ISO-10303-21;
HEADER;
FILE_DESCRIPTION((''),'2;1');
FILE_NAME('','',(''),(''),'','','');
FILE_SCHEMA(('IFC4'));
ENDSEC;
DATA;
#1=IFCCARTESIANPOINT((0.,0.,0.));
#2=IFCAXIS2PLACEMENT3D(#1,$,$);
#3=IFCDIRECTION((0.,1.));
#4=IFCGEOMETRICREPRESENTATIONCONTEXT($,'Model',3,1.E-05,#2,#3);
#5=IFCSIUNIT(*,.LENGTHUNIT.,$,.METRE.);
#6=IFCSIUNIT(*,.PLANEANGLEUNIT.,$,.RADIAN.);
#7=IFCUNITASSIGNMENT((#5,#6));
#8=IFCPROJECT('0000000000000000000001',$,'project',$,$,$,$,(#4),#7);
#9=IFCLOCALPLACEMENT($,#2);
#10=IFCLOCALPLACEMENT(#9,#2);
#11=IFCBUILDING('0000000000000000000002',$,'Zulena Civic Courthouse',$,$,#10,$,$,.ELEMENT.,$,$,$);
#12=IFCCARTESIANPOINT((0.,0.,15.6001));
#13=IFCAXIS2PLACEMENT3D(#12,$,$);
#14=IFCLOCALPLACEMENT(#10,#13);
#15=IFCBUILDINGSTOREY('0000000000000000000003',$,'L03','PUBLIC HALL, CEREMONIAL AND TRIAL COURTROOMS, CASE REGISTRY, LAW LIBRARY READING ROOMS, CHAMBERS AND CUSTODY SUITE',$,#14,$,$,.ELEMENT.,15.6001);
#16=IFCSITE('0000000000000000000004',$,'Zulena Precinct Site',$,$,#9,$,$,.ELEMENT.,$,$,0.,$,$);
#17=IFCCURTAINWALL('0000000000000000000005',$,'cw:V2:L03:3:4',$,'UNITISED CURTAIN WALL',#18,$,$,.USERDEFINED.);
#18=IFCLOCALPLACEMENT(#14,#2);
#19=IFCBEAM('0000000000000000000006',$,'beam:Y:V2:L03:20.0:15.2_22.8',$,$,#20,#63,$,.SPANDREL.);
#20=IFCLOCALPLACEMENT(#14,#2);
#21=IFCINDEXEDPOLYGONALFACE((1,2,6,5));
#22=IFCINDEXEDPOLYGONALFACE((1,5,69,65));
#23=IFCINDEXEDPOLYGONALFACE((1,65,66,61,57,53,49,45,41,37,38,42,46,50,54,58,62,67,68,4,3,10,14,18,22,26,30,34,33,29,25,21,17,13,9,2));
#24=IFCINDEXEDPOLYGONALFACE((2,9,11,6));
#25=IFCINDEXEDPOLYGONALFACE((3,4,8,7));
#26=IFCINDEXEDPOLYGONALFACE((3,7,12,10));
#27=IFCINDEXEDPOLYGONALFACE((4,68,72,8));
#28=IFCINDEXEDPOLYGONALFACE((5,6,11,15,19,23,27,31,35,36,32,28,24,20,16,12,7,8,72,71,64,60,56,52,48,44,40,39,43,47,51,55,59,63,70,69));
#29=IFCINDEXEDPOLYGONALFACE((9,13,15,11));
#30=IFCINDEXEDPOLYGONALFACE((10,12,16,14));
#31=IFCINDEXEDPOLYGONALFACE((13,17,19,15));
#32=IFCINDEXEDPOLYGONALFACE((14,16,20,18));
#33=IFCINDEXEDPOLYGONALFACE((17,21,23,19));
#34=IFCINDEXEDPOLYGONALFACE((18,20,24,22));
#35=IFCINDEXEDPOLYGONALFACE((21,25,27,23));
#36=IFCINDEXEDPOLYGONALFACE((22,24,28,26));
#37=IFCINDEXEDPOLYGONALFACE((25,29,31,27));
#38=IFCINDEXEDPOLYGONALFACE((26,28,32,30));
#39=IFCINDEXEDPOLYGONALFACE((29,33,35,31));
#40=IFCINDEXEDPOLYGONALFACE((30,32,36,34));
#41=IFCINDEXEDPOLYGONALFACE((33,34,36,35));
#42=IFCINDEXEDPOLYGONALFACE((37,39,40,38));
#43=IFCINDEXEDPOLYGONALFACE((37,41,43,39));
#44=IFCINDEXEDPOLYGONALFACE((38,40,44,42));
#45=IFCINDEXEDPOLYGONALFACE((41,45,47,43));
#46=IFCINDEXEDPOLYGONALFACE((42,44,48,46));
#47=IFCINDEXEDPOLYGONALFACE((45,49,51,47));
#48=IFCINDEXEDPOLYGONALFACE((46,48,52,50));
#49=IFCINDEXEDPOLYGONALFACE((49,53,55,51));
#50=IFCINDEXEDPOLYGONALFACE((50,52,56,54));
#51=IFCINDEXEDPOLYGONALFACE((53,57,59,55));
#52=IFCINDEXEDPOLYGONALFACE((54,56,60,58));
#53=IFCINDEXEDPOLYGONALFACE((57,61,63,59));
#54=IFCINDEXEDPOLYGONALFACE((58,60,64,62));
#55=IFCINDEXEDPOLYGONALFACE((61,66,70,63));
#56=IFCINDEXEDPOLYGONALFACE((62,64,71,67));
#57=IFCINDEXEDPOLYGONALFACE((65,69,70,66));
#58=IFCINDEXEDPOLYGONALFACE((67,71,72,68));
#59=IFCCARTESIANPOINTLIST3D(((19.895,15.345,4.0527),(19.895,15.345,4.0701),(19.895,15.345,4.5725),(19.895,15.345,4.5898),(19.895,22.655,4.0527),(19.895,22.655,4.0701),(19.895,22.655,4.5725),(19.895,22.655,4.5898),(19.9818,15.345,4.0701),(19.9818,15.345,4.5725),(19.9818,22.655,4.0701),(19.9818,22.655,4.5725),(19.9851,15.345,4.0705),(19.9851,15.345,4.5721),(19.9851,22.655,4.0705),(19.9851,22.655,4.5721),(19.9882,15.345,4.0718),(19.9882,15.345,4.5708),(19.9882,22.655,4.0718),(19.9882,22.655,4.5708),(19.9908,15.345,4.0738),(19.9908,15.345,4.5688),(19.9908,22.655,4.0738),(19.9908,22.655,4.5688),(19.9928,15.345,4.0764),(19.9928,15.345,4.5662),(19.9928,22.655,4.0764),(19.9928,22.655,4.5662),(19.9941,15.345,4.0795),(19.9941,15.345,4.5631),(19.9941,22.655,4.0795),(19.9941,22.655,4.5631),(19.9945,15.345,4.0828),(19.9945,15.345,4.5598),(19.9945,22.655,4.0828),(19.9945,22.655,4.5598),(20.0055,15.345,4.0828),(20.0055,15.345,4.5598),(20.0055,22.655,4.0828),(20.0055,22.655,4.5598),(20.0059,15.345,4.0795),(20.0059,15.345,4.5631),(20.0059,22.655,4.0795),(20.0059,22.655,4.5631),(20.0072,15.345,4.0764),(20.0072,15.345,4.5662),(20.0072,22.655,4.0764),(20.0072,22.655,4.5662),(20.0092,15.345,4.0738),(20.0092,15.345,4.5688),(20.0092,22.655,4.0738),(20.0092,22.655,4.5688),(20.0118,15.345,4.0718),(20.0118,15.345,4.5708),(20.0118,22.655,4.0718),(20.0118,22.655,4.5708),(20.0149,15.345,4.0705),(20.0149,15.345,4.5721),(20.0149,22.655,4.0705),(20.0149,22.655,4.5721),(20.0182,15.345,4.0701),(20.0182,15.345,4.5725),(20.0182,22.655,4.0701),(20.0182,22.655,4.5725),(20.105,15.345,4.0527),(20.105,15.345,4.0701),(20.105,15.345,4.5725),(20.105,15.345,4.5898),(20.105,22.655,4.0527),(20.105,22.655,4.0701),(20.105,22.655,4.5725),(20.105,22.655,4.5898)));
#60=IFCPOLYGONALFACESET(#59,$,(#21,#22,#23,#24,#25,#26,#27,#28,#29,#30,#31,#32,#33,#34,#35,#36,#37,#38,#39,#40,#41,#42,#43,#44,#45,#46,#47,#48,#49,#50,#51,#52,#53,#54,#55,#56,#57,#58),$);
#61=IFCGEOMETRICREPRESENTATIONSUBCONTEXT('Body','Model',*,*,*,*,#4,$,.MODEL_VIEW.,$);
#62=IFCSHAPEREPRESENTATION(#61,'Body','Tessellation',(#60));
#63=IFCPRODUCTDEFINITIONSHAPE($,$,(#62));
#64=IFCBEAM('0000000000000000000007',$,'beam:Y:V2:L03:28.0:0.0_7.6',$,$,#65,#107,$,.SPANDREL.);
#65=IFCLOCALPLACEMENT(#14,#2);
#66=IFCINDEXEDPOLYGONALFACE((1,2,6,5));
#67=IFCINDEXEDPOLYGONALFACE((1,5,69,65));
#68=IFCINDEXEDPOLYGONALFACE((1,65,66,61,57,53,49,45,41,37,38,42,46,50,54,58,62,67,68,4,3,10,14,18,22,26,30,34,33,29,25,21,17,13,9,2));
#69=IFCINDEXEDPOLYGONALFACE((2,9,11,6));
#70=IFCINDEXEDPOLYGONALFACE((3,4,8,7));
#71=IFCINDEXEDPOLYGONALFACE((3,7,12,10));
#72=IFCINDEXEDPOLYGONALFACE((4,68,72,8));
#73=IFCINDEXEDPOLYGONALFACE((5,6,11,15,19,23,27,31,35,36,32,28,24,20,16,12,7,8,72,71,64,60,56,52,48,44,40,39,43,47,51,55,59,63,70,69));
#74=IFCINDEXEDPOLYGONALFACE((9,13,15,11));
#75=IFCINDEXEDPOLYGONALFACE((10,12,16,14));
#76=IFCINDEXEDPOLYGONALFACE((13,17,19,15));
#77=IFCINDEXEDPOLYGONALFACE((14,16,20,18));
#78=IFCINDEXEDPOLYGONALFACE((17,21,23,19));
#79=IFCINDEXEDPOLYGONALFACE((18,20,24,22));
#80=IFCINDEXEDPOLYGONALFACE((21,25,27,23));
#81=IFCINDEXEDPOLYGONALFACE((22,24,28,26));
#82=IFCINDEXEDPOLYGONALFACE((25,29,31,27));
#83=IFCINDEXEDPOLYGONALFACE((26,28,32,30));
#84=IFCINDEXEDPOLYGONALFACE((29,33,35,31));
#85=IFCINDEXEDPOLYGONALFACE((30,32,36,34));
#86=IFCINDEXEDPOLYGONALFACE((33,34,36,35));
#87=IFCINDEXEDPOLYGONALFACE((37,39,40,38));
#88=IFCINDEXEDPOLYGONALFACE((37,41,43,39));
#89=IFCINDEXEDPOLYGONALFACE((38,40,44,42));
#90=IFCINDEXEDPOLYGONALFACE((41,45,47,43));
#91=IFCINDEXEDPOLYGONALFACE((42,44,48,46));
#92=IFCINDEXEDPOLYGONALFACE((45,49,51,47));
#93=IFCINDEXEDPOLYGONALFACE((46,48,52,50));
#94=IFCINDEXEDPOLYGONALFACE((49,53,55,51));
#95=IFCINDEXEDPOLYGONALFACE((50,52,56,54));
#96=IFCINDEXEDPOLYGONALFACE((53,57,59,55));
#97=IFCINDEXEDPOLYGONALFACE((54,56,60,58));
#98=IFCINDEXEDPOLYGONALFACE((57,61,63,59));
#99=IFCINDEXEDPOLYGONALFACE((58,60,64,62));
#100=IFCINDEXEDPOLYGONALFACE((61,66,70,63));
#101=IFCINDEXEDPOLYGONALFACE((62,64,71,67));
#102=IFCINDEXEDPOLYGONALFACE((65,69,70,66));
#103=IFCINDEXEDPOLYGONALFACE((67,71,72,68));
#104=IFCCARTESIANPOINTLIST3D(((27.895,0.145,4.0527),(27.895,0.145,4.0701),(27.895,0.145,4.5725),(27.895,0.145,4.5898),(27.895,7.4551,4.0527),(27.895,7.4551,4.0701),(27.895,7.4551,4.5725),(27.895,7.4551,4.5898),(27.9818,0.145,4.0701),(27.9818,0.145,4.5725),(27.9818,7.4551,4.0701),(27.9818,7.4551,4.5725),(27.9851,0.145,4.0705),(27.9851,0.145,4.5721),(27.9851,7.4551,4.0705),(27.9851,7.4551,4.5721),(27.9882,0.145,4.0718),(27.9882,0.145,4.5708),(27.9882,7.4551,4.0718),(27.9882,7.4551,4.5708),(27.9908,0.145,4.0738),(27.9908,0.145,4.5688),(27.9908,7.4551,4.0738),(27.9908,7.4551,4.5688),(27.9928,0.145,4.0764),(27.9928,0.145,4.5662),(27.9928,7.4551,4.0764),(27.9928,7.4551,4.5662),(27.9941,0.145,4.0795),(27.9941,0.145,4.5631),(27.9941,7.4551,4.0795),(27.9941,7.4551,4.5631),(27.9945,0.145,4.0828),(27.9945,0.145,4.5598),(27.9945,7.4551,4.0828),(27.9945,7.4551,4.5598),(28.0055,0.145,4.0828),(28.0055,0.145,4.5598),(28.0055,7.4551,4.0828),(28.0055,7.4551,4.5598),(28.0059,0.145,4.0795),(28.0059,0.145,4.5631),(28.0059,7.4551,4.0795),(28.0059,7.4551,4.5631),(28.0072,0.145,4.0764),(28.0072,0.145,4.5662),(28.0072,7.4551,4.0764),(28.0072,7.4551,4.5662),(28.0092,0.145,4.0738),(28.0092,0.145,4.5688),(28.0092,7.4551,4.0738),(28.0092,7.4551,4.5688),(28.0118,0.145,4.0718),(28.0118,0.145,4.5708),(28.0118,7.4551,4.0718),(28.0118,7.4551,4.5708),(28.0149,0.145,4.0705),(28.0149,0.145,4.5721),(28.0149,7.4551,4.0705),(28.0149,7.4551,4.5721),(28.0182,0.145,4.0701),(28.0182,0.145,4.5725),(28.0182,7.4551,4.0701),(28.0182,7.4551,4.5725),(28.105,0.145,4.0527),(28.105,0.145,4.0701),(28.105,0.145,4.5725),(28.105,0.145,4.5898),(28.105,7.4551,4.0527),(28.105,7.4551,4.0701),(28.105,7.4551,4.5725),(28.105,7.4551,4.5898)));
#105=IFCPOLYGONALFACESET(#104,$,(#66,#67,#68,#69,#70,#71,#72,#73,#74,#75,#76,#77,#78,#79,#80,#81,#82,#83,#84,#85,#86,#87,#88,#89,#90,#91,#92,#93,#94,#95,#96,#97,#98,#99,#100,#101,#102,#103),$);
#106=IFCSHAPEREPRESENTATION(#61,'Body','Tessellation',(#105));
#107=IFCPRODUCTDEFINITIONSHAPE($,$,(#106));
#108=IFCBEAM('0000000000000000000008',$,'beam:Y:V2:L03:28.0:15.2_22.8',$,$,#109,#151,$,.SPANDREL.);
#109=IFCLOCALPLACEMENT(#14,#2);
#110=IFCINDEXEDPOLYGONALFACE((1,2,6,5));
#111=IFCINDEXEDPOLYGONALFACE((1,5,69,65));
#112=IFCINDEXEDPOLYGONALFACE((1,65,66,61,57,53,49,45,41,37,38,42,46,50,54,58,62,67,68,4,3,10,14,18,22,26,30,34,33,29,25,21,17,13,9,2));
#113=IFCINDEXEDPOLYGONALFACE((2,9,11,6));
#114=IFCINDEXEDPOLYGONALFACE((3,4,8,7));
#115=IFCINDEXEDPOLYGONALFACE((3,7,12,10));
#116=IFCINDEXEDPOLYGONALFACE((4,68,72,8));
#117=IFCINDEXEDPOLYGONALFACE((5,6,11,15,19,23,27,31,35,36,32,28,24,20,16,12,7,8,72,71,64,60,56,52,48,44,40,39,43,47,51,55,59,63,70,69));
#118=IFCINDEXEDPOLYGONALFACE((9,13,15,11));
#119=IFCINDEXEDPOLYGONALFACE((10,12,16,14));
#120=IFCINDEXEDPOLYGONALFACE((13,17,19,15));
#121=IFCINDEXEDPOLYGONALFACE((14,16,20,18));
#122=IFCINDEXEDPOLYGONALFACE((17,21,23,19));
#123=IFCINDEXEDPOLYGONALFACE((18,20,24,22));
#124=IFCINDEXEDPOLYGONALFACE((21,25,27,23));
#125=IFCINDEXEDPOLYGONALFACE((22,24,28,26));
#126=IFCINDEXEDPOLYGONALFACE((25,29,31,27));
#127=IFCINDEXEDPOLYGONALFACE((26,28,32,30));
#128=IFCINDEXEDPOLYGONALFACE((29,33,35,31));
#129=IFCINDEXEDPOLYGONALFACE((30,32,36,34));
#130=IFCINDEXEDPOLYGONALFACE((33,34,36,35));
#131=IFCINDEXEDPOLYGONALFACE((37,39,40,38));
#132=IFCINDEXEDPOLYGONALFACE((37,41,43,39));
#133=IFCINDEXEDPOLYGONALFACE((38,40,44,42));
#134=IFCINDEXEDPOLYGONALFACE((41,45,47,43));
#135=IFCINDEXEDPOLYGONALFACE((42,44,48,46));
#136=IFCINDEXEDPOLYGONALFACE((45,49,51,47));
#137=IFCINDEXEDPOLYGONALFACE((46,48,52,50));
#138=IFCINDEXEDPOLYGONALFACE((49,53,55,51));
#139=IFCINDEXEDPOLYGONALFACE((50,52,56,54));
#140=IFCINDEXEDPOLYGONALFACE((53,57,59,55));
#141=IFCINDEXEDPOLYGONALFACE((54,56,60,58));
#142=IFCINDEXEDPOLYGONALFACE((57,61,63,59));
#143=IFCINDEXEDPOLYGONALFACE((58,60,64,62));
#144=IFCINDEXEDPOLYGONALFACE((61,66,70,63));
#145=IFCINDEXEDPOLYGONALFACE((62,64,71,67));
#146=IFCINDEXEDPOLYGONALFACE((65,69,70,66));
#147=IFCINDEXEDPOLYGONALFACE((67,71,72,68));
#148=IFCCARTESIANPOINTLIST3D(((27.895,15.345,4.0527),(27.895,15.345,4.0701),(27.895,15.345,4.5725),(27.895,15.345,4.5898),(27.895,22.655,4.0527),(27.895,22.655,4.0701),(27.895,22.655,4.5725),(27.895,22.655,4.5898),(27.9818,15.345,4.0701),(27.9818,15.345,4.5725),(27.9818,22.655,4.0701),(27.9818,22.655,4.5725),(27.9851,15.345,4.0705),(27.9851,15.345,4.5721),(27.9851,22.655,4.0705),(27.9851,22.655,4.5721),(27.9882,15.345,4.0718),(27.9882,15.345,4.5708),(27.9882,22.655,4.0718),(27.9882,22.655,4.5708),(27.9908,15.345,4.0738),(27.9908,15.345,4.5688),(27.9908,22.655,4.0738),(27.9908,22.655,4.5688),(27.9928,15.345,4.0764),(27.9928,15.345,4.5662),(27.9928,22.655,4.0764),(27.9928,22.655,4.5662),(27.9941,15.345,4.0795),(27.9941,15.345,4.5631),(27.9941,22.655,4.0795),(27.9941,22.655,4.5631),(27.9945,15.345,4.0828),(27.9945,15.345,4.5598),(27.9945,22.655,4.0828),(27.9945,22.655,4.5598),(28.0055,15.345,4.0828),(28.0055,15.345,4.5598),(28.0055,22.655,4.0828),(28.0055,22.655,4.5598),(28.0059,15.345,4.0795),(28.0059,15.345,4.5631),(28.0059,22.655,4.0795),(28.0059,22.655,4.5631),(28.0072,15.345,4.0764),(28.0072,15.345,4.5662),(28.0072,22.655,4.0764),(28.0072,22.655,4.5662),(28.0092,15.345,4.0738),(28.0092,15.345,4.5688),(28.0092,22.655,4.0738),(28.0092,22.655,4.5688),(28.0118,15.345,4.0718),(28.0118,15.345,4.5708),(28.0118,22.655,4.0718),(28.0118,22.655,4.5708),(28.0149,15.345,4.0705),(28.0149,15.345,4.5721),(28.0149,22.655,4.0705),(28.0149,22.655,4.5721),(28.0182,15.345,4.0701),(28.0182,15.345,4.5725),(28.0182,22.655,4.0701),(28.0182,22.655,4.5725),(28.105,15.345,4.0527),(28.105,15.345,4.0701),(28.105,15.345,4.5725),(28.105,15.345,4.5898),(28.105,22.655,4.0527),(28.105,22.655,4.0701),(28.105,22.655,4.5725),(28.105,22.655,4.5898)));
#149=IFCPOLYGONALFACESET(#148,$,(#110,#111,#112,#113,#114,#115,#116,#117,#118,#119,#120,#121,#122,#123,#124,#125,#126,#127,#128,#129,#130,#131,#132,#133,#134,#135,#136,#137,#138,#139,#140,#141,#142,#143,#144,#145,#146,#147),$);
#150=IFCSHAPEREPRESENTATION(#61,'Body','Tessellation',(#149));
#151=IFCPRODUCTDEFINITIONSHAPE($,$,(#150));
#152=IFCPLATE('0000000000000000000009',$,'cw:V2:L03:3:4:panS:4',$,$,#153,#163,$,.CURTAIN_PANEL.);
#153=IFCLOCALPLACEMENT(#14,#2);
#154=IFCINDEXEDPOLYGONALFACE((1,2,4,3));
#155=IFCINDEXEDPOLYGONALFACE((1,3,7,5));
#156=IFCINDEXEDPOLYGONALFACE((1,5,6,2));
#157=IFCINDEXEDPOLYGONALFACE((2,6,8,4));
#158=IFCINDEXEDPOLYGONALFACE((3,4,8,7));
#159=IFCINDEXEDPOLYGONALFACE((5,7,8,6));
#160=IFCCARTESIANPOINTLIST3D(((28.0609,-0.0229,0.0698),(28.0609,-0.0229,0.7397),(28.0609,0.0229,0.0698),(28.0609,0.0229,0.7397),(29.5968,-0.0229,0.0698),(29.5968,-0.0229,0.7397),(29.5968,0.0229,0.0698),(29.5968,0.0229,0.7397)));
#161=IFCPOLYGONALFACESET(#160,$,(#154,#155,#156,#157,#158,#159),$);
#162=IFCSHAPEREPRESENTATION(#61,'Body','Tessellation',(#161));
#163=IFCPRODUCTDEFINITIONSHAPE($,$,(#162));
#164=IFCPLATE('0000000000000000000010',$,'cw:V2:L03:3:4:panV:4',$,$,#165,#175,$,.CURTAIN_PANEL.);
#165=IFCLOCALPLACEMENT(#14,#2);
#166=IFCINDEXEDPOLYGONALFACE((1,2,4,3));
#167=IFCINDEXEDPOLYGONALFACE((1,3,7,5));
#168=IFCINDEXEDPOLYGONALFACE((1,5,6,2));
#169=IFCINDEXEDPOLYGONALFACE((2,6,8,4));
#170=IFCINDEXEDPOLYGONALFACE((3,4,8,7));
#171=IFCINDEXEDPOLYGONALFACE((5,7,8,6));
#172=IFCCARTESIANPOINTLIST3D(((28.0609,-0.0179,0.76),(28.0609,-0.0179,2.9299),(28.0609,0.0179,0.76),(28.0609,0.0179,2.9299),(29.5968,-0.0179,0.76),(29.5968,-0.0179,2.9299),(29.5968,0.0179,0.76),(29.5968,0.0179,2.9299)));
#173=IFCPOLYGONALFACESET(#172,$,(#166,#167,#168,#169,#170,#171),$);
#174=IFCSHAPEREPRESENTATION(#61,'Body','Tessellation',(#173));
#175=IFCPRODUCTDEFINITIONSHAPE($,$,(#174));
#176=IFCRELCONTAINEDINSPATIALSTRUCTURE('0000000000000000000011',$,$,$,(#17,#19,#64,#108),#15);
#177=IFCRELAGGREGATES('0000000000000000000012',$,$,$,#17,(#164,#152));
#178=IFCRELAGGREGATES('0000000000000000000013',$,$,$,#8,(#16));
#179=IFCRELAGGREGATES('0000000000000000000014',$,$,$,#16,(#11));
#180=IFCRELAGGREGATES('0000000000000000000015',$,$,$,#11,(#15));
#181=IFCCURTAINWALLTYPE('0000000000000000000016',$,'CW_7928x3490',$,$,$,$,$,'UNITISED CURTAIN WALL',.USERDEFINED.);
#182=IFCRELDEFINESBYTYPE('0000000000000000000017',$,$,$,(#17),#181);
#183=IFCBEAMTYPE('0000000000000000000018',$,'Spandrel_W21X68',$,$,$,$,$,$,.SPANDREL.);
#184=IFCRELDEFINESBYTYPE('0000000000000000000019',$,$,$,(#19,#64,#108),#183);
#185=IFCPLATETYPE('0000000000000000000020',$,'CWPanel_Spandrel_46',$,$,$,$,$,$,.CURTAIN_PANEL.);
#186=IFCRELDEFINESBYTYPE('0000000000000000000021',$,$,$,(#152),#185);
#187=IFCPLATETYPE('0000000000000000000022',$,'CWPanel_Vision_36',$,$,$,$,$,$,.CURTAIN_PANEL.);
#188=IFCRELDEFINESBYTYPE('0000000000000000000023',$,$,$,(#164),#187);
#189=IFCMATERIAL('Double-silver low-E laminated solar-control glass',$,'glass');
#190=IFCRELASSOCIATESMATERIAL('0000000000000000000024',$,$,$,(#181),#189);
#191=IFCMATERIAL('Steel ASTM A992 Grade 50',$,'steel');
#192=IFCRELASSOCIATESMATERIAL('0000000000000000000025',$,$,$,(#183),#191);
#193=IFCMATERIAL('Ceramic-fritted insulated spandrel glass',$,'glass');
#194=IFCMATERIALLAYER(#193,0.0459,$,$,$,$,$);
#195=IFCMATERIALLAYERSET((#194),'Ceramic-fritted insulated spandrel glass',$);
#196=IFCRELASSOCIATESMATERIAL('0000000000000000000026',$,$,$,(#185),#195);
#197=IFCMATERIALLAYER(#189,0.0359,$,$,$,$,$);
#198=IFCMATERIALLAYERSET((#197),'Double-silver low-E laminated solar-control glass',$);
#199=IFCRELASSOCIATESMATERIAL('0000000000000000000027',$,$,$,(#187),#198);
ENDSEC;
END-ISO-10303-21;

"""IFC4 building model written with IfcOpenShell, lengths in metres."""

from ifc_helpers import new_model, si_unit, direction, frame, origin, origin_2d, place, context, subcontext, project, spatial, rectangle, i_section, extrude, material, layer, layer_set, material_profile, profile_set, type_object, element, aggregate, save


model = new_model("IFC4")

# Units and contexts
model_context = context("Model", 3, precision=1e-05, world=origin(), true_north=direction((0.0, 1.0)))
body_context = subcontext(model_context, "Body", "Model", "MODEL_VIEW")
ifc_project = project(units=[si_unit("LENGTHUNIT", "METRE"), si_unit("PLANEANGLEUNIT", "RADIAN")], contexts=[model_context])

# Site, building, storey
site_placement = place(None, origin())
site = spatial("IfcSite", under=ifc_project, at=site_placement, Name="Zulena Precinct Site", CompositionType="ELEMENT", RefElevation=0.0)
building_placement = place(site_placement, origin())
building = spatial("IfcBuilding", under=site, at=building_placement, Name="Zulena Civic Courthouse", CompositionType="ELEMENT")
storey_placement = place(building_placement, frame((0.0, 0.0, 15.6001)))
storey = spatial("IfcBuildingStorey", under=building, at=storey_placement, Name="L03", Description="PUBLIC HALL, CEREMONIAL AND TRIAL COURTROOMS, CASE REGISTRY, LAW LIBRARY READING ROOMS, CHAMBERS AND CUSTODY SUITE", CompositionType="ELEMENT", Elevation=15.6001)

# Shared definitions
ifc_material_1 = material(Name="Steel ASTM A992 Grade 50", Category="steel")

# Curtain wall
ifc_material_2 = material(Name="Double-silver low-E laminated solar-control glass", Category="glass")
curtain_wall_type = type_object("IfcCurtainWallType", Name="CW_7928x3490", ElementType="UNITISED CURTAIN WALL", PredefinedType="USERDEFINED", material=ifc_material_2)
curtain_wall_1_placement = place(storey_placement, origin())
curtain_wall_1 = element("IfcCurtainWall", 1, at=curtain_wall_1_placement, inside=storey, type_object=curtain_wall_type, Name="cw:V2:L03:3:4", ObjectType="UNITISED CURTAIN WALL", PredefinedType="USERDEFINED")

# Beams
ifc_material_profile_1 = material_profile(ifc_material_1, i_section(OverallWidth=0.21, OverallDepth=0.5371, WebThickness=0.011, FlangeThickness=0.0173, FilletRadius=0.0127, at=origin_2d()), Name="W21X68")
ifc_profile_set_1 = profile_set([ifc_material_profile_1], Name="Steel ASTM A992 Grade 50")
beam_type_1 = type_object("IfcBeamType", Name="Spandrel_W21X68", PredefinedType="SPANDREL", material=ifc_profile_set_1)
for number, where, z_axis, x_axis, name in (
    (2, (20.0, 15.345, 4.3213), (0.0, 1.0, 0.0), (-1.0, 0.0, 0.0), "beam:Y:V2:L03:20.0:15.2_22.8"),
    (3, (28.0, 0.145, 4.3213), (0.0, 1.0, 0.0), (-1.0, 0.0, 0.0), "beam:Y:V2:L03:28.0:0.0_7.6"),
    (4, (28.0, 15.345, 4.3213), (0.0, 1.0, 0.0), (-1.0, 0.0, 0.0), "beam:Y:V2:L03:28.0:15.2_22.8"),
):
    element("IfcBeam", number, at=place(storey_placement, frame(where, z_axis=z_axis, x_axis=x_axis)), inside=storey, type_object=beam_type_1, Name=name, PredefinedType="SPANDREL", context=body_context, shape_type="SweptSolid", body=[
        extrude(i_section(OverallWidth=0.21, OverallDepth=0.5371, WebThickness=0.011, FlangeThickness=0.0173, FilletRadius=0.0127, at=origin_2d()), origin(), (0.0, 0.0, 1.0), 7.3101),
    ])

# Plates
ifc_material_3 = material(Name="Ceramic-fritted insulated spandrel glass", Category="glass")
ifc_layer_1 = layer(ifc_material_3, 0.0459)
ifc_layer_set_1 = layer_set([ifc_layer_1], Name="Ceramic-fritted insulated spandrel glass")
plate_type_1 = type_object("IfcPlateType", Name="CWPanel_Spandrel_46", PredefinedType="CURTAIN_PANEL", material=ifc_layer_set_1)
plate_1_placement = place(storey_placement, frame((28.8289, 0.0, 0.0698), z_axis=(0.0, 0.0, 1.0), x_axis=(-1.0, 0.0, 0.0)))
plate_1 = element("IfcPlate", 5, at=plate_1_placement, type_object=plate_type_1, Name="cw:V2:L03:3:4:panS:4", PredefinedType="CURTAIN_PANEL", context=body_context, shape_type="SweptSolid", body=[
    extrude(rectangle(XDim=1.5359, YDim=0.0459, at=origin_2d()), origin(), (0.0, 0.0, 1.0), 0.6699),
])
ifc_layer_2 = layer(ifc_material_2, 0.0359)
ifc_layer_set_2 = layer_set([ifc_layer_2], Name="Double-silver low-E laminated solar-control glass")
plate_type_2 = type_object("IfcPlateType", Name="CWPanel_Vision_36", PredefinedType="CURTAIN_PANEL", material=ifc_layer_set_2)
plate_2_placement = place(storey_placement, frame((28.8289, 0.0, 0.76), z_axis=(0.0, 0.0, 1.0), x_axis=(-1.0, 0.0, 0.0)))
plate_2 = element("IfcPlate", 6, at=plate_2_placement, type_object=plate_type_2, Name="cw:V2:L03:3:4:panV:4", PredefinedType="CURTAIN_PANEL", context=body_context, shape_type="SweptSolid", body=[
    extrude(rectangle(XDim=1.5359, YDim=0.0359, at=origin_2d()), origin(), (0.0, 0.0, 1.0), 2.1699),
])
aggregate(curtain_wall_1, [plate_2, plate_1])

save(model, "model.ifc")
